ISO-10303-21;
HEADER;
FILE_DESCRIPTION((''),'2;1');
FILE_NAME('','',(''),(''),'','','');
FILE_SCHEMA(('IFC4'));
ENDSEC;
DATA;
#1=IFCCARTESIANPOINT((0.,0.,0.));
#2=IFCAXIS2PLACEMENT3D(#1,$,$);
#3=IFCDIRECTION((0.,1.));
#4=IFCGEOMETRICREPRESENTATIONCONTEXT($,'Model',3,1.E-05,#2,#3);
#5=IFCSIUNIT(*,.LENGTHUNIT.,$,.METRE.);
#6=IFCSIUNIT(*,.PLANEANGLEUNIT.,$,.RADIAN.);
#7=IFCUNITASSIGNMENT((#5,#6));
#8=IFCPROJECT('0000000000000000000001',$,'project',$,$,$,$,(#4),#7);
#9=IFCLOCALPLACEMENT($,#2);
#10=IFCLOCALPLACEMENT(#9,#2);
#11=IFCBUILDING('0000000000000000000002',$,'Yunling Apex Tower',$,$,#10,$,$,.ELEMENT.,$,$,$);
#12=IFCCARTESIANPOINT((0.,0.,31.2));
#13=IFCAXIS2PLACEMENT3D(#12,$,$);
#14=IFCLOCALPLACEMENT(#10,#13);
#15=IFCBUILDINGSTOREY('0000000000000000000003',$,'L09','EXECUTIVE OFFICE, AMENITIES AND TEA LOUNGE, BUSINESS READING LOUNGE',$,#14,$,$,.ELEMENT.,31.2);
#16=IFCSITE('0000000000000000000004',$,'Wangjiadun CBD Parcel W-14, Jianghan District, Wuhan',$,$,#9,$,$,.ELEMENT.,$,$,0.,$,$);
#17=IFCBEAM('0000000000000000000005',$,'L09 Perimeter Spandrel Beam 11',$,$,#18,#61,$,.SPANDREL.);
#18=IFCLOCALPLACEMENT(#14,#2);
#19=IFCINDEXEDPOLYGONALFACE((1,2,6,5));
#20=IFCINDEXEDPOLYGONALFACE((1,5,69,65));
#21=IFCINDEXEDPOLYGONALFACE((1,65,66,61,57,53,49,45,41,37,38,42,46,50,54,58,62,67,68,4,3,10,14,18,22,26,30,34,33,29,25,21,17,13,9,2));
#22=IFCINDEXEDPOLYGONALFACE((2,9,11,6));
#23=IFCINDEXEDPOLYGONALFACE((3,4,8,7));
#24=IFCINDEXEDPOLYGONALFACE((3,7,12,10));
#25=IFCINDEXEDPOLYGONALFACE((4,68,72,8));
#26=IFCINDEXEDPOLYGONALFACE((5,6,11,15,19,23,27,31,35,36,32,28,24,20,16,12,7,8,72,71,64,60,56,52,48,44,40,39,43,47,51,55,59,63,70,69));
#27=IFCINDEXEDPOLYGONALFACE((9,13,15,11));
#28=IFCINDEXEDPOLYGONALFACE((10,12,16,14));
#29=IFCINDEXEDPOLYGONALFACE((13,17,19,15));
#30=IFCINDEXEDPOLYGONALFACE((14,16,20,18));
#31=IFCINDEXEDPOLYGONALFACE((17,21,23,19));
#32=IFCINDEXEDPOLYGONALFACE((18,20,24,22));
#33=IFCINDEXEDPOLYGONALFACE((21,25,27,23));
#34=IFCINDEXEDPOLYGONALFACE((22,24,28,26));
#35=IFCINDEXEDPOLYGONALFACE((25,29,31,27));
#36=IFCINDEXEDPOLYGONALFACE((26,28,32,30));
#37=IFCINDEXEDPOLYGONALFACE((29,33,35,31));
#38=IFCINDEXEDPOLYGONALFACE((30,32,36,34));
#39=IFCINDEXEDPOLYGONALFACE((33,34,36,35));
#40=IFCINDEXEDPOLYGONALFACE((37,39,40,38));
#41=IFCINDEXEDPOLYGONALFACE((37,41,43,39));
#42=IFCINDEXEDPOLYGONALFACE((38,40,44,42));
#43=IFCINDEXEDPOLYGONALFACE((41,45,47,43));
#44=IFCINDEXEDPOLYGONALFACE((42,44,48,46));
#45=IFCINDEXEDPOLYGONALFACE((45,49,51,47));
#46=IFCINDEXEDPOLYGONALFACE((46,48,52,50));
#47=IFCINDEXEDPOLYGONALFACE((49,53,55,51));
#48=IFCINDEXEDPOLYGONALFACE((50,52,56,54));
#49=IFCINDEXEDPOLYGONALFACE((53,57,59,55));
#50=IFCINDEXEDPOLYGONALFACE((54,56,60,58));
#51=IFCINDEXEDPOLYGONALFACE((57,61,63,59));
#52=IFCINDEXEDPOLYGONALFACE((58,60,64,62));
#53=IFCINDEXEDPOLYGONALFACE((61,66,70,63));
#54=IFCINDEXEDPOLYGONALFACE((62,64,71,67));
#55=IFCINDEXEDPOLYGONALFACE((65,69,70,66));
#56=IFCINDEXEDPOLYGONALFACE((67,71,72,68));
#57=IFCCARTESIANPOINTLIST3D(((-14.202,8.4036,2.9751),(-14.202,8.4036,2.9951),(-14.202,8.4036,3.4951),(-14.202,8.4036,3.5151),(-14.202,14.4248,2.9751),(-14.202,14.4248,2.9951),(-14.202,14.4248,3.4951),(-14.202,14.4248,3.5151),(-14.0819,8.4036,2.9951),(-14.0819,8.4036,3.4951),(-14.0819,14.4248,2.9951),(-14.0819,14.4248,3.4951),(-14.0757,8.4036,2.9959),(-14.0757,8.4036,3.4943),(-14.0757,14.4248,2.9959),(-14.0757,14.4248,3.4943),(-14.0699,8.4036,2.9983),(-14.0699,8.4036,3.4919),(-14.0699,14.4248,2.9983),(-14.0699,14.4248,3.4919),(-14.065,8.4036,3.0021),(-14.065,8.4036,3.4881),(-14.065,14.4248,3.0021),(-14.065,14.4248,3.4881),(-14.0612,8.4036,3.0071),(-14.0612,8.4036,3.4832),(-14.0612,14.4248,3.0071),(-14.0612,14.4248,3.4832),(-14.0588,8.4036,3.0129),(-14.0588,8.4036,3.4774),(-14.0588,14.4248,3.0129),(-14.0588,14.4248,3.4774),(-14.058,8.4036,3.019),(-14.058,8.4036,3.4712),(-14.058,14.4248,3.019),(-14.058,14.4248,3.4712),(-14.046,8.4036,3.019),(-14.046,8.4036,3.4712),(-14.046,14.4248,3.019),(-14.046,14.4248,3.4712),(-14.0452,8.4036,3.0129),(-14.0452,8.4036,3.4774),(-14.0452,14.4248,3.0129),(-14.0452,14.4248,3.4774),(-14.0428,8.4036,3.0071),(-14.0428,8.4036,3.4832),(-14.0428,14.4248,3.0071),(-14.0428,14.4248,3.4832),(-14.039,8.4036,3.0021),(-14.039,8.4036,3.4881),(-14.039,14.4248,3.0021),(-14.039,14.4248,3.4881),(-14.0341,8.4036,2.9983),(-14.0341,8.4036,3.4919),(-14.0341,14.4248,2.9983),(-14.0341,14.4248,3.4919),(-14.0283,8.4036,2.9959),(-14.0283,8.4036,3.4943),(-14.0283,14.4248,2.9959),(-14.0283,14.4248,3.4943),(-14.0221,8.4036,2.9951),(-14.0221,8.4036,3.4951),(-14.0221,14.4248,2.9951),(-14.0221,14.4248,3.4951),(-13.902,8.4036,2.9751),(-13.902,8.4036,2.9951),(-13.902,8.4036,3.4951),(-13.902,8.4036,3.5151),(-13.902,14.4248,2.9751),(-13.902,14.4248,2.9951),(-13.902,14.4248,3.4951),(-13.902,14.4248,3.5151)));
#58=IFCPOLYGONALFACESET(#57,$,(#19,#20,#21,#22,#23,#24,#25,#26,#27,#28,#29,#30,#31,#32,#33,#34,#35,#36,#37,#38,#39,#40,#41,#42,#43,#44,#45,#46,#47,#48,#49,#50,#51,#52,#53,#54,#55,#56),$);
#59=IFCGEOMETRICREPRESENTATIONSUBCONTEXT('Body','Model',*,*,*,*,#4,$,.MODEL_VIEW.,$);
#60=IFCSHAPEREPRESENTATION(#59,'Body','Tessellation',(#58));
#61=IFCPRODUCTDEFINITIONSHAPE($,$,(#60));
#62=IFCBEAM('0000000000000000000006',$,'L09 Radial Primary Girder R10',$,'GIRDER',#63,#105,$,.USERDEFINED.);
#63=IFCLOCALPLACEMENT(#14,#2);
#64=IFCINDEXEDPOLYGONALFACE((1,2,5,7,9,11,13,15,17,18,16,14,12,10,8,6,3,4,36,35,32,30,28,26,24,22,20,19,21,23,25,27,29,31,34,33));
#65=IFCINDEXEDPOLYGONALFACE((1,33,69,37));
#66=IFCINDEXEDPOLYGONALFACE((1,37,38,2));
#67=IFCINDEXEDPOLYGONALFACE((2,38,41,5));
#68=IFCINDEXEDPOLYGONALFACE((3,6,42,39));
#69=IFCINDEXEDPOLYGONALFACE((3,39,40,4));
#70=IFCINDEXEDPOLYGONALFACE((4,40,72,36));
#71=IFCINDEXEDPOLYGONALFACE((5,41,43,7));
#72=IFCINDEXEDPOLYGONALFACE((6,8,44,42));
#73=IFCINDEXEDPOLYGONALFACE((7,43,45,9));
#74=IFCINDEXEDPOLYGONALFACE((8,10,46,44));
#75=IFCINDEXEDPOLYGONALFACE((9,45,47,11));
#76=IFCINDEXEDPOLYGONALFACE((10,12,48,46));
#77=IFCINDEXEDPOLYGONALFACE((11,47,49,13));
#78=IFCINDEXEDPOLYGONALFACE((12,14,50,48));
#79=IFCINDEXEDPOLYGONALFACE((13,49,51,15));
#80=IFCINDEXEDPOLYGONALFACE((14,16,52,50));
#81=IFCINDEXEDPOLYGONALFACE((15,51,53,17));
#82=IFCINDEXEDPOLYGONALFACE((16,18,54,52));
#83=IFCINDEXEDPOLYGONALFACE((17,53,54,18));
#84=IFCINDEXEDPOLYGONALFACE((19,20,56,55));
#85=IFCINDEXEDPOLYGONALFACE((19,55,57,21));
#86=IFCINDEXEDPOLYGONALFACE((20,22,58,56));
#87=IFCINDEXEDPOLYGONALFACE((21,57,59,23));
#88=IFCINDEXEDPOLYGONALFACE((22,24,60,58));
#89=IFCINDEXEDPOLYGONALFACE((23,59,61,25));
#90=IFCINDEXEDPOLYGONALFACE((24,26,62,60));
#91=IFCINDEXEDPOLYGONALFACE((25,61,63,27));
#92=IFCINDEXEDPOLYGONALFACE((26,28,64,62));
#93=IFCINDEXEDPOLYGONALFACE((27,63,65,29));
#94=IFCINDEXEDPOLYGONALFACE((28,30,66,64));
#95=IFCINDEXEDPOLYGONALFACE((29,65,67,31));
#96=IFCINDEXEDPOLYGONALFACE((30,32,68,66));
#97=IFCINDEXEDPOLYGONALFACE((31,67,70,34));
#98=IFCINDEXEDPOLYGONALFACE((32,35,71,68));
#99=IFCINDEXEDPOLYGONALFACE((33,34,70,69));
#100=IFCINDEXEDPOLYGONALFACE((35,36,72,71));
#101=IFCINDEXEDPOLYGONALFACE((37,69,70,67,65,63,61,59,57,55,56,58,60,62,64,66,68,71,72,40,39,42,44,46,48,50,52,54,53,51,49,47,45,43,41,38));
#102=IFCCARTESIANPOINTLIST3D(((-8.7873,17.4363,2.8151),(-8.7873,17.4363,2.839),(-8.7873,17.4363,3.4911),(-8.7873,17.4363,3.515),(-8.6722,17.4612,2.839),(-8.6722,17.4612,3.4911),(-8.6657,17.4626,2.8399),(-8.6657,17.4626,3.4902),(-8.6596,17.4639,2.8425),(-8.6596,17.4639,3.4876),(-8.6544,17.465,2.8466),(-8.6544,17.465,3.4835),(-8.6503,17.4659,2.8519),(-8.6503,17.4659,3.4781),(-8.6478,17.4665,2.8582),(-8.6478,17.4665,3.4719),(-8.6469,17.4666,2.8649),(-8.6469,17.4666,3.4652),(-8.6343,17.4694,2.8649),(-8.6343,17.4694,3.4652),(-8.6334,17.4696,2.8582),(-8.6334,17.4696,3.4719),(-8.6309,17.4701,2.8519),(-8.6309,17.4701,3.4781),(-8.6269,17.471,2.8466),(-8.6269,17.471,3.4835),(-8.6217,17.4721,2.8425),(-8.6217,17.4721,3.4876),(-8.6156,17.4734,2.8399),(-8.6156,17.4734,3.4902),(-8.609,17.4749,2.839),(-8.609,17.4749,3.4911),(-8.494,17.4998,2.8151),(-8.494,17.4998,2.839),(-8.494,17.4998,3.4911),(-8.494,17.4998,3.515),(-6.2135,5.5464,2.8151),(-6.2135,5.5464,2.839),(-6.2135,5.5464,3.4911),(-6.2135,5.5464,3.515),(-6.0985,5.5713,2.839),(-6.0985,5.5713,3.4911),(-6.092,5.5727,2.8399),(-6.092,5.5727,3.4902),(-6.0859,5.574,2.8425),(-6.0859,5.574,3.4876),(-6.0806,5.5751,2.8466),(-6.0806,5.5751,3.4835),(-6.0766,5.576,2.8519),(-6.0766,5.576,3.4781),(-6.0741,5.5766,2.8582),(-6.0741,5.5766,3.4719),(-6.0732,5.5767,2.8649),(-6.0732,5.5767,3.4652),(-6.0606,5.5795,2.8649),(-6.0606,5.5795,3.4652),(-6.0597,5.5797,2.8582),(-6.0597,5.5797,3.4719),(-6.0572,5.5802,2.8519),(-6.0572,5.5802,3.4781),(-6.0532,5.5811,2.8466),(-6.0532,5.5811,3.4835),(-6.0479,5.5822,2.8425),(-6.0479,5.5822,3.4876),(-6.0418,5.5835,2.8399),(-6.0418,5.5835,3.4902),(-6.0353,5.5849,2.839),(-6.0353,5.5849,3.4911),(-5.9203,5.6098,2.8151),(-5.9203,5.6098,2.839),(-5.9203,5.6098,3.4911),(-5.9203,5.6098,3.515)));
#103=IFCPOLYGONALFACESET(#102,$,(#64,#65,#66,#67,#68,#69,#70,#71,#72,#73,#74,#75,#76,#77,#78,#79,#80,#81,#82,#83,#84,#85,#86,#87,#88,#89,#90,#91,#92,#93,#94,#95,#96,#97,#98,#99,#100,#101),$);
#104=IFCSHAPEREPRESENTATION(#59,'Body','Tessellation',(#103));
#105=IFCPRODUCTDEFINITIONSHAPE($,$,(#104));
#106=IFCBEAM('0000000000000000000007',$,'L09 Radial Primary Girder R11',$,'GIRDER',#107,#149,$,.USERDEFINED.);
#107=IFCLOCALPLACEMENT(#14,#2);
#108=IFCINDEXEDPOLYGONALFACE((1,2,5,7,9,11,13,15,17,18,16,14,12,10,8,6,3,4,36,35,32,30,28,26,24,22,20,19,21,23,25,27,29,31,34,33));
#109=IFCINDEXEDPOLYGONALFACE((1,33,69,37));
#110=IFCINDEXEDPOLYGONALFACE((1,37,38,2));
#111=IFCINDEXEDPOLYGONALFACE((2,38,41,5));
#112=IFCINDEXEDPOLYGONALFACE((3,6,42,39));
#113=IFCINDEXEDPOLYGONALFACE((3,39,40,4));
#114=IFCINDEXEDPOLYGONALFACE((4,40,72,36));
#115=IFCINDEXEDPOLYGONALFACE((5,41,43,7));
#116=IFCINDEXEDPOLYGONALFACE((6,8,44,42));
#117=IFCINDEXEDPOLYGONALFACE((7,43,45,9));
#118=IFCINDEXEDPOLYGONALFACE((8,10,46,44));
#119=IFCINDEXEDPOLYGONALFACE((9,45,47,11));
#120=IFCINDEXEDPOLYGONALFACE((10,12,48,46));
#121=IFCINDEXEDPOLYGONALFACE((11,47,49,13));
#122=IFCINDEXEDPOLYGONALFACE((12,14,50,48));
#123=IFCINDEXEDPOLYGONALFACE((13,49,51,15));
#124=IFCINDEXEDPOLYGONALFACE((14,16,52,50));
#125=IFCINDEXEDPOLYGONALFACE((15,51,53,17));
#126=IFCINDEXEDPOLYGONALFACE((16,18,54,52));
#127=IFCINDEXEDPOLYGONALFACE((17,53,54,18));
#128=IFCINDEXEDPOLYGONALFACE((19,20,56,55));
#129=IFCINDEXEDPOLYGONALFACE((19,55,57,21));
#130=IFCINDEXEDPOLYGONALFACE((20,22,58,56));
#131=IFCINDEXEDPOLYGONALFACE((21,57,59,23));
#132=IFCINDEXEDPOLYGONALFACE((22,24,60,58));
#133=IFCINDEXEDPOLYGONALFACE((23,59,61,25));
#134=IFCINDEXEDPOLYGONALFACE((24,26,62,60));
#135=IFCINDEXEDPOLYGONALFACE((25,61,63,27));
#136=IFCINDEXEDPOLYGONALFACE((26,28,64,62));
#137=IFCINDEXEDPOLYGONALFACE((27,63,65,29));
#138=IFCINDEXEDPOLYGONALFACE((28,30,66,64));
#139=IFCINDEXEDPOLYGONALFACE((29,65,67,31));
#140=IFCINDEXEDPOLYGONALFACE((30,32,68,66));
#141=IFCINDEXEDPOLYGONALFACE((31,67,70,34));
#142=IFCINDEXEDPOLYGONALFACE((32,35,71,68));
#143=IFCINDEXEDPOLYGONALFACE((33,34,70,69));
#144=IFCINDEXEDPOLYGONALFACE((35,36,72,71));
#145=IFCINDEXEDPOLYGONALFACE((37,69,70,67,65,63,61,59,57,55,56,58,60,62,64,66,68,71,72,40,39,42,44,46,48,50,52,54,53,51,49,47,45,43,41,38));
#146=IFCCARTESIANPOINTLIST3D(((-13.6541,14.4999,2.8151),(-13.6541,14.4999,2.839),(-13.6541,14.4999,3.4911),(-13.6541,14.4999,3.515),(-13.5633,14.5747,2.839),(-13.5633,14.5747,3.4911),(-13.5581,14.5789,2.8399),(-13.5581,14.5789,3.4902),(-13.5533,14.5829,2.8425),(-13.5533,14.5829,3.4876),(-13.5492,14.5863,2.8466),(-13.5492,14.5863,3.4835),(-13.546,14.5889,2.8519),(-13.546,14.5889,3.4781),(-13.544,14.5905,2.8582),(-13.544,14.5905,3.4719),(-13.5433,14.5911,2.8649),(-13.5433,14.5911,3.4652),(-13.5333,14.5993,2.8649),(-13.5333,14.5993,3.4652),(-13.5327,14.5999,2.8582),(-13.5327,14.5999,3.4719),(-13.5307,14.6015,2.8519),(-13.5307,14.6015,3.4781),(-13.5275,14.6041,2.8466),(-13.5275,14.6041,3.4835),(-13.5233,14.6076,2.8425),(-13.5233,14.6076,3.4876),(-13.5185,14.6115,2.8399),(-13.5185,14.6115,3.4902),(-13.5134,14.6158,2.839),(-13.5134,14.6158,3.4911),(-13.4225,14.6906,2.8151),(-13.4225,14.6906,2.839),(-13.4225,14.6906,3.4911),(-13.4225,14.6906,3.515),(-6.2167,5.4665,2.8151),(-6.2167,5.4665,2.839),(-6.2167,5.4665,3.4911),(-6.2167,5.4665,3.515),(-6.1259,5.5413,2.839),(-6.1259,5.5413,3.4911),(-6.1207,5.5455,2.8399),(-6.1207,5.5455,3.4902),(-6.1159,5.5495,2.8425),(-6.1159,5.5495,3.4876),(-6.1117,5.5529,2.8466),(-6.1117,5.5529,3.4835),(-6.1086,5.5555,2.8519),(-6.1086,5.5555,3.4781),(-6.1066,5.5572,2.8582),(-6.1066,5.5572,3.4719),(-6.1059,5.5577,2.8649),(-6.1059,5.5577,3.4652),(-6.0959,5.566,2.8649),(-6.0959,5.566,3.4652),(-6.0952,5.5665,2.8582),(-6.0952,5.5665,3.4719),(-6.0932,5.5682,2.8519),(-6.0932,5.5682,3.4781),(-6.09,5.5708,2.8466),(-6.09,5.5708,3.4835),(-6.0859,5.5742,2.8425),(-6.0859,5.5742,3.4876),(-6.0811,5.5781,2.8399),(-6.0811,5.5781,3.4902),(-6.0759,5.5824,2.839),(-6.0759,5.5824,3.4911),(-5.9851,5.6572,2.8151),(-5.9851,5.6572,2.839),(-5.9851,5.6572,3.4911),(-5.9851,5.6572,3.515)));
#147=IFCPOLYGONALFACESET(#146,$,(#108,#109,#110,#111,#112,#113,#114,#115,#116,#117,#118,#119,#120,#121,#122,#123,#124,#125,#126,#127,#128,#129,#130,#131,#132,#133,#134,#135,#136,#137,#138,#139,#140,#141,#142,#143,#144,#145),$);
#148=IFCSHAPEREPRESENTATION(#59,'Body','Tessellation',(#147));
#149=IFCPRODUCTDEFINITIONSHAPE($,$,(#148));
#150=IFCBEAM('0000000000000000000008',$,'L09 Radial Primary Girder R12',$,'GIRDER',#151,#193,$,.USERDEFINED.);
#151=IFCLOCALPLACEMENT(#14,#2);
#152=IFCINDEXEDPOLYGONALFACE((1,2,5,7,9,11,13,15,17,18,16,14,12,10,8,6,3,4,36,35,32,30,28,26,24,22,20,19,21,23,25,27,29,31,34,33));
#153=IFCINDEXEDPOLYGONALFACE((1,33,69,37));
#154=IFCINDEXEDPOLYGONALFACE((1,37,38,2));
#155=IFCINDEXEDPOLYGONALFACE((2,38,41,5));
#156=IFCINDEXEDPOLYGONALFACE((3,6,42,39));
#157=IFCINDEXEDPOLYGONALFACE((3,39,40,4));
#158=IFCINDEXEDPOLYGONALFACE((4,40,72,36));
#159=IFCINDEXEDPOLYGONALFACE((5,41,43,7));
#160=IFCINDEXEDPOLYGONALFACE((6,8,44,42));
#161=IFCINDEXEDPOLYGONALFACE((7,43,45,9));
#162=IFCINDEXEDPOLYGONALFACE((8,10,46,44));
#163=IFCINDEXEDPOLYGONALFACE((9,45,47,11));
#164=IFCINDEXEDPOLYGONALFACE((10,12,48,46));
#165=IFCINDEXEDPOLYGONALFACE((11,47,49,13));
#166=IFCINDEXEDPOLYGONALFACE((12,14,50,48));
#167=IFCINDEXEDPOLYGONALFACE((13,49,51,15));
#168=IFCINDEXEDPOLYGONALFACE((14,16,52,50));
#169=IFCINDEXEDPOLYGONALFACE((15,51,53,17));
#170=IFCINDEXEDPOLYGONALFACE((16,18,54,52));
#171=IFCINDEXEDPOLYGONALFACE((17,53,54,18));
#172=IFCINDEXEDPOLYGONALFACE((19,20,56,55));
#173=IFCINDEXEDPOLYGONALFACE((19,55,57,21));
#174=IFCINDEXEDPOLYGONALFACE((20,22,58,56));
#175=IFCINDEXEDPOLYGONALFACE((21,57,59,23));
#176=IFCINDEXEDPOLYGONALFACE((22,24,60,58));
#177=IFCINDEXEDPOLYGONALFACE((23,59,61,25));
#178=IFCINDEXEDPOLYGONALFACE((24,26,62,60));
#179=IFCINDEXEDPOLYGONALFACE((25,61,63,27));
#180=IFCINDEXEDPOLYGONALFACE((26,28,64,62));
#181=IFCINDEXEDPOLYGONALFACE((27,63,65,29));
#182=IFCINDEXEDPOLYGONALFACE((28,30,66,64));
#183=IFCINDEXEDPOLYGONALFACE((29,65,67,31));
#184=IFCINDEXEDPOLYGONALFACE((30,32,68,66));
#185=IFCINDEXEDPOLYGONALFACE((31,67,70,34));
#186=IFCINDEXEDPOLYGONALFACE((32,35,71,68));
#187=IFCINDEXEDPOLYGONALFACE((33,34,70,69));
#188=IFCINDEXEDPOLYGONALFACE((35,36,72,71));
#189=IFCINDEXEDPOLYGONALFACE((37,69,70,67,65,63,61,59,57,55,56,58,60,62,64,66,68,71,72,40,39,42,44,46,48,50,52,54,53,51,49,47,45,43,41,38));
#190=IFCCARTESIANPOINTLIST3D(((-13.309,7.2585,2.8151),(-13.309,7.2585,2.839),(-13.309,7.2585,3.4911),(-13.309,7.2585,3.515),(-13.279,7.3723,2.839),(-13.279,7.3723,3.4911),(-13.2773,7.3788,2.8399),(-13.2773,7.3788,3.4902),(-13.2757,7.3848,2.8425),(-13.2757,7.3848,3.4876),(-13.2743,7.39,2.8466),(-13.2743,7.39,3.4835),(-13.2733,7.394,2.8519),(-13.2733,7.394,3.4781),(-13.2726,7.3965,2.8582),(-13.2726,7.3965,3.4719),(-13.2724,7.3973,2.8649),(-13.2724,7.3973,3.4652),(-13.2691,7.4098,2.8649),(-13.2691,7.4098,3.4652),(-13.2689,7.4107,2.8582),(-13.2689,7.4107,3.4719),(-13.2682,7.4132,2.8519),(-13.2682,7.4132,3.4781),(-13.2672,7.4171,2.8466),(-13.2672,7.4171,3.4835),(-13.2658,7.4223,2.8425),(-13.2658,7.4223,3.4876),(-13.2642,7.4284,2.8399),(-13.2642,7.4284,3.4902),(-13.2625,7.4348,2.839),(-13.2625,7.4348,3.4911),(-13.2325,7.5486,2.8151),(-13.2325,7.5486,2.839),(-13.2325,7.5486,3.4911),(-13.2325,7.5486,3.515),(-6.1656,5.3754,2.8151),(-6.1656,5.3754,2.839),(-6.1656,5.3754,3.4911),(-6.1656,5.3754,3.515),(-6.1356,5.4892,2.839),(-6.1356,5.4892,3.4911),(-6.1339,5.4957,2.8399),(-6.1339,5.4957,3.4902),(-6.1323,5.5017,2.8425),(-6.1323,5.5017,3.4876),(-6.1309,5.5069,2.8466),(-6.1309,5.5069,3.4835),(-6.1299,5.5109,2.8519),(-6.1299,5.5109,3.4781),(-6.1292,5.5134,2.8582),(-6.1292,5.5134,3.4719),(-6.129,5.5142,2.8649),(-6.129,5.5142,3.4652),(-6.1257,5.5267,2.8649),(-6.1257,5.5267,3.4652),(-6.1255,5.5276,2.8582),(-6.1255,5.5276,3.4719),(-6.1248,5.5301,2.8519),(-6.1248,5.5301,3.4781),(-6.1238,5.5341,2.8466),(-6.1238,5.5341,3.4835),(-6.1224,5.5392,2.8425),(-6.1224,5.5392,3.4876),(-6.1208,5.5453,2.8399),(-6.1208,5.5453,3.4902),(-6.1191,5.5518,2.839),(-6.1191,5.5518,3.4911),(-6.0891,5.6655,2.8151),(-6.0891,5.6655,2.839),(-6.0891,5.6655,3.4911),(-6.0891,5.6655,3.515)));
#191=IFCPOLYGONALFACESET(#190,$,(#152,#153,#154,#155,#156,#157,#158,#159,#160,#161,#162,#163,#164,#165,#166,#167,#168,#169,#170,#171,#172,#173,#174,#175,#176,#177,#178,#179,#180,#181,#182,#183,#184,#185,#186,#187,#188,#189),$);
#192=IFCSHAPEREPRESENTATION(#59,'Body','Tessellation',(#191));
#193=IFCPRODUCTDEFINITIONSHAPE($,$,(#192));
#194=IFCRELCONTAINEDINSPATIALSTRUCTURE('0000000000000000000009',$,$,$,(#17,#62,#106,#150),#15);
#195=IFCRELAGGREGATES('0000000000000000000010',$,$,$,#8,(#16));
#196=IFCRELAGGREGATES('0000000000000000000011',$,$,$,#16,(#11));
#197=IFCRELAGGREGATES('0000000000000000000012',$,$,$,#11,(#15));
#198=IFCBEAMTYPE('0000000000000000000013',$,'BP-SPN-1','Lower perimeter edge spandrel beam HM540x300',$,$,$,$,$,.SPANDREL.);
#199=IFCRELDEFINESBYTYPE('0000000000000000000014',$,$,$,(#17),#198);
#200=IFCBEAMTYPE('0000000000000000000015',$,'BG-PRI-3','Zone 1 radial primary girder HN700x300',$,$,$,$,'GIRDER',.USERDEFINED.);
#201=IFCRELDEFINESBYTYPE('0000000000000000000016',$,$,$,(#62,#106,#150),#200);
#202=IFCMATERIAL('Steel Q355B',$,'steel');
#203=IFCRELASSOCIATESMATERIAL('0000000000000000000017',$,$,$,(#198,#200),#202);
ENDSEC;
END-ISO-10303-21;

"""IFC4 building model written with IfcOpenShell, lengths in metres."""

from ifc_helpers import new_model, si_unit, direction, frame, origin, origin_2d, place, context, subcontext, project, spatial, i_section, extrude, source, transform, mapped, material, material_profile, profile_set, type_object, element, save


model = new_model("IFC4")

# Units and contexts
model_context = context("Model", 3, precision=1e-05, world=origin(), true_north=direction((0.0, 1.0)))
body_context = subcontext(model_context, "Body", "Model", "MODEL_VIEW")
ifc_project = project(units=[si_unit("LENGTHUNIT", "METRE"), si_unit("PLANEANGLEUNIT", "RADIAN")], contexts=[model_context])

# Site, building, storey
site_placement = place(None, origin())
site = spatial("IfcSite", under=ifc_project, at=site_placement, Name="Wangjiadun CBD Parcel W-14, Jianghan District, Wuhan", CompositionType="ELEMENT", RefElevation=0.0)
building_placement = place(site_placement, origin())
building = spatial("IfcBuilding", under=site, at=building_placement, Name="Yunling Apex Tower", CompositionType="ELEMENT")
storey_placement = place(building_placement, frame((0.0, 0.0, 31.2)))
storey = spatial("IfcBuildingStorey", under=building, at=storey_placement, Name="L09", Description="EXECUTIVE OFFICE, AMENITIES AND TEA LOUNGE, BUSINESS READING LOUNGE", CompositionType="ELEMENT", Elevation=31.2)

# Beams
ifc_material_1 = material(Name="Steel Q355B", Category="steel")
ifc_material_profile_1 = material_profile(ifc_material_1, i_section(OverallWidth=0.3, OverallDepth=0.54, WebThickness=0.012, FlangeThickness=0.02, FilletRadius=0.0239, at=origin_2d()))
ifc_profile_set_1 = profile_set([ifc_material_profile_1], Name="Steel Q355B")
beam_type_1 = type_object("IfcBeamType", Name="BP-SPN-1", Description="Lower perimeter edge spandrel beam HM540x300", PredefinedType="SPANDREL", material=ifc_profile_set_1)
shared_shape_1 = source(origin(), body_context, "Body", "SweptSolid", [
    extrude(i_section(OverallWidth=0.3, OverallDepth=0.54, WebThickness=0.012, FlangeThickness=0.02, FilletRadius=0.0239, at=origin_2d()), origin(), (0.0, 0.0, 1.0), 6.0212),
])
beam_1_placement = place(storey_placement, frame((-14.052, 14.4248, 3.2451), z_axis=(0.0, -1.0, 0.0), x_axis=(1.0, 0.0, 0.0)))
element("IfcBeam", 1, at=beam_1_placement, inside=storey, type_object=beam_type_1, Name="L09 Perimeter Spandrel Beam 11", PredefinedType="SPANDREL", context=body_context, shape_type="MappedRepresentation", body=[
    mapped(shared_shape_1, transform((0.0, 0.0, 0.0), scale=1.0)),
])
ifc_material_profile_2 = material_profile(ifc_material_1, i_section(OverallWidth=0.3, OverallDepth=0.7, WebThickness=0.0129, FlangeThickness=0.0239, FilletRadius=0.0259, at=origin_2d()))
ifc_profile_set_2 = profile_set([ifc_material_profile_2], Name="Steel Q355B")
beam_type_2 = type_object("IfcBeamType", Name="BG-PRI-3", Description="Zone 1 radial primary girder HN700x300", ElementType="GIRDER", PredefinedType="USERDEFINED", material=ifc_profile_set_2)
shared_shape_2 = source(origin(), body_context, "Body", "SweptSolid", [
    extrude(i_section(OverallWidth=0.3, OverallDepth=0.7, WebThickness=0.0129, FlangeThickness=0.0239, FilletRadius=0.0259, at=origin_2d()), origin(), (0.0, 0.0, 1.0), 12.1653),
])
beam_2_placement = place(storey_placement, frame((-8.6406, 17.468, 3.165), z_axis=(0.211564, -0.977364, 0.0), x_axis=(0.977364, 0.211564, 0.0)))
element("IfcBeam", 2, at=beam_2_placement, inside=storey, type_object=beam_type_2, Name="L09 Radial Primary Girder R10", ObjectType="GIRDER", PredefinedType="USERDEFINED", context=body_context, shape_type="MappedRepresentation", body=[
    mapped(shared_shape_2, transform((0.0, 0.0, 0.0), scale=1.0)),
])
shared_shape_3 = source(origin(), body_context, "Body", "SweptSolid", [
    extrude(i_section(OverallWidth=0.3, OverallDepth=0.7, WebThickness=0.0129, FlangeThickness=0.0239, FilletRadius=0.0259, at=origin_2d()), origin(), (0.0, 0.0, 1.0), 11.7012),
])
beam_3_placement = place(storey_placement, frame((-13.5383, 14.5952, 3.165), z_axis=(0.635615, -0.772006, 0.0), x_axis=(0.772006, 0.635615, 0.0)))
element("IfcBeam", 3, at=beam_3_placement, inside=storey, type_object=beam_type_2, Name="L09 Radial Primary Girder R11", ObjectType="GIRDER", PredefinedType="USERDEFINED", context=body_context, shape_type="MappedRepresentation", body=[
    mapped(shared_shape_3, transform((0.0, 0.0, 0.0), scale=1.0)),
])
shared_shape_4 = source(origin(), body_context, "Body", "SweptSolid", [
    extrude(i_section(OverallWidth=0.3, OverallDepth=0.7, WebThickness=0.0129, FlangeThickness=0.0239, FilletRadius=0.0259, at=origin_2d()), origin(), (0.0, 0.0, 1.0), 7.3875),
])
beam_4_placement = place(storey_placement, frame((-13.2708, 7.4036, 3.165), z_axis=(0.966967, -0.254903, 0.0), x_axis=(0.254903, 0.966967, 0.0)))
element("IfcBeam", 4, at=beam_4_placement, inside=storey, type_object=beam_type_2, Name="L09 Radial Primary Girder R12", ObjectType="GIRDER", PredefinedType="USERDEFINED", context=body_context, shape_type="MappedRepresentation", body=[
    mapped(shared_shape_4, transform((0.0, 0.0, 0.0), scale=1.0)),
])

save(model, "model.ifc")
